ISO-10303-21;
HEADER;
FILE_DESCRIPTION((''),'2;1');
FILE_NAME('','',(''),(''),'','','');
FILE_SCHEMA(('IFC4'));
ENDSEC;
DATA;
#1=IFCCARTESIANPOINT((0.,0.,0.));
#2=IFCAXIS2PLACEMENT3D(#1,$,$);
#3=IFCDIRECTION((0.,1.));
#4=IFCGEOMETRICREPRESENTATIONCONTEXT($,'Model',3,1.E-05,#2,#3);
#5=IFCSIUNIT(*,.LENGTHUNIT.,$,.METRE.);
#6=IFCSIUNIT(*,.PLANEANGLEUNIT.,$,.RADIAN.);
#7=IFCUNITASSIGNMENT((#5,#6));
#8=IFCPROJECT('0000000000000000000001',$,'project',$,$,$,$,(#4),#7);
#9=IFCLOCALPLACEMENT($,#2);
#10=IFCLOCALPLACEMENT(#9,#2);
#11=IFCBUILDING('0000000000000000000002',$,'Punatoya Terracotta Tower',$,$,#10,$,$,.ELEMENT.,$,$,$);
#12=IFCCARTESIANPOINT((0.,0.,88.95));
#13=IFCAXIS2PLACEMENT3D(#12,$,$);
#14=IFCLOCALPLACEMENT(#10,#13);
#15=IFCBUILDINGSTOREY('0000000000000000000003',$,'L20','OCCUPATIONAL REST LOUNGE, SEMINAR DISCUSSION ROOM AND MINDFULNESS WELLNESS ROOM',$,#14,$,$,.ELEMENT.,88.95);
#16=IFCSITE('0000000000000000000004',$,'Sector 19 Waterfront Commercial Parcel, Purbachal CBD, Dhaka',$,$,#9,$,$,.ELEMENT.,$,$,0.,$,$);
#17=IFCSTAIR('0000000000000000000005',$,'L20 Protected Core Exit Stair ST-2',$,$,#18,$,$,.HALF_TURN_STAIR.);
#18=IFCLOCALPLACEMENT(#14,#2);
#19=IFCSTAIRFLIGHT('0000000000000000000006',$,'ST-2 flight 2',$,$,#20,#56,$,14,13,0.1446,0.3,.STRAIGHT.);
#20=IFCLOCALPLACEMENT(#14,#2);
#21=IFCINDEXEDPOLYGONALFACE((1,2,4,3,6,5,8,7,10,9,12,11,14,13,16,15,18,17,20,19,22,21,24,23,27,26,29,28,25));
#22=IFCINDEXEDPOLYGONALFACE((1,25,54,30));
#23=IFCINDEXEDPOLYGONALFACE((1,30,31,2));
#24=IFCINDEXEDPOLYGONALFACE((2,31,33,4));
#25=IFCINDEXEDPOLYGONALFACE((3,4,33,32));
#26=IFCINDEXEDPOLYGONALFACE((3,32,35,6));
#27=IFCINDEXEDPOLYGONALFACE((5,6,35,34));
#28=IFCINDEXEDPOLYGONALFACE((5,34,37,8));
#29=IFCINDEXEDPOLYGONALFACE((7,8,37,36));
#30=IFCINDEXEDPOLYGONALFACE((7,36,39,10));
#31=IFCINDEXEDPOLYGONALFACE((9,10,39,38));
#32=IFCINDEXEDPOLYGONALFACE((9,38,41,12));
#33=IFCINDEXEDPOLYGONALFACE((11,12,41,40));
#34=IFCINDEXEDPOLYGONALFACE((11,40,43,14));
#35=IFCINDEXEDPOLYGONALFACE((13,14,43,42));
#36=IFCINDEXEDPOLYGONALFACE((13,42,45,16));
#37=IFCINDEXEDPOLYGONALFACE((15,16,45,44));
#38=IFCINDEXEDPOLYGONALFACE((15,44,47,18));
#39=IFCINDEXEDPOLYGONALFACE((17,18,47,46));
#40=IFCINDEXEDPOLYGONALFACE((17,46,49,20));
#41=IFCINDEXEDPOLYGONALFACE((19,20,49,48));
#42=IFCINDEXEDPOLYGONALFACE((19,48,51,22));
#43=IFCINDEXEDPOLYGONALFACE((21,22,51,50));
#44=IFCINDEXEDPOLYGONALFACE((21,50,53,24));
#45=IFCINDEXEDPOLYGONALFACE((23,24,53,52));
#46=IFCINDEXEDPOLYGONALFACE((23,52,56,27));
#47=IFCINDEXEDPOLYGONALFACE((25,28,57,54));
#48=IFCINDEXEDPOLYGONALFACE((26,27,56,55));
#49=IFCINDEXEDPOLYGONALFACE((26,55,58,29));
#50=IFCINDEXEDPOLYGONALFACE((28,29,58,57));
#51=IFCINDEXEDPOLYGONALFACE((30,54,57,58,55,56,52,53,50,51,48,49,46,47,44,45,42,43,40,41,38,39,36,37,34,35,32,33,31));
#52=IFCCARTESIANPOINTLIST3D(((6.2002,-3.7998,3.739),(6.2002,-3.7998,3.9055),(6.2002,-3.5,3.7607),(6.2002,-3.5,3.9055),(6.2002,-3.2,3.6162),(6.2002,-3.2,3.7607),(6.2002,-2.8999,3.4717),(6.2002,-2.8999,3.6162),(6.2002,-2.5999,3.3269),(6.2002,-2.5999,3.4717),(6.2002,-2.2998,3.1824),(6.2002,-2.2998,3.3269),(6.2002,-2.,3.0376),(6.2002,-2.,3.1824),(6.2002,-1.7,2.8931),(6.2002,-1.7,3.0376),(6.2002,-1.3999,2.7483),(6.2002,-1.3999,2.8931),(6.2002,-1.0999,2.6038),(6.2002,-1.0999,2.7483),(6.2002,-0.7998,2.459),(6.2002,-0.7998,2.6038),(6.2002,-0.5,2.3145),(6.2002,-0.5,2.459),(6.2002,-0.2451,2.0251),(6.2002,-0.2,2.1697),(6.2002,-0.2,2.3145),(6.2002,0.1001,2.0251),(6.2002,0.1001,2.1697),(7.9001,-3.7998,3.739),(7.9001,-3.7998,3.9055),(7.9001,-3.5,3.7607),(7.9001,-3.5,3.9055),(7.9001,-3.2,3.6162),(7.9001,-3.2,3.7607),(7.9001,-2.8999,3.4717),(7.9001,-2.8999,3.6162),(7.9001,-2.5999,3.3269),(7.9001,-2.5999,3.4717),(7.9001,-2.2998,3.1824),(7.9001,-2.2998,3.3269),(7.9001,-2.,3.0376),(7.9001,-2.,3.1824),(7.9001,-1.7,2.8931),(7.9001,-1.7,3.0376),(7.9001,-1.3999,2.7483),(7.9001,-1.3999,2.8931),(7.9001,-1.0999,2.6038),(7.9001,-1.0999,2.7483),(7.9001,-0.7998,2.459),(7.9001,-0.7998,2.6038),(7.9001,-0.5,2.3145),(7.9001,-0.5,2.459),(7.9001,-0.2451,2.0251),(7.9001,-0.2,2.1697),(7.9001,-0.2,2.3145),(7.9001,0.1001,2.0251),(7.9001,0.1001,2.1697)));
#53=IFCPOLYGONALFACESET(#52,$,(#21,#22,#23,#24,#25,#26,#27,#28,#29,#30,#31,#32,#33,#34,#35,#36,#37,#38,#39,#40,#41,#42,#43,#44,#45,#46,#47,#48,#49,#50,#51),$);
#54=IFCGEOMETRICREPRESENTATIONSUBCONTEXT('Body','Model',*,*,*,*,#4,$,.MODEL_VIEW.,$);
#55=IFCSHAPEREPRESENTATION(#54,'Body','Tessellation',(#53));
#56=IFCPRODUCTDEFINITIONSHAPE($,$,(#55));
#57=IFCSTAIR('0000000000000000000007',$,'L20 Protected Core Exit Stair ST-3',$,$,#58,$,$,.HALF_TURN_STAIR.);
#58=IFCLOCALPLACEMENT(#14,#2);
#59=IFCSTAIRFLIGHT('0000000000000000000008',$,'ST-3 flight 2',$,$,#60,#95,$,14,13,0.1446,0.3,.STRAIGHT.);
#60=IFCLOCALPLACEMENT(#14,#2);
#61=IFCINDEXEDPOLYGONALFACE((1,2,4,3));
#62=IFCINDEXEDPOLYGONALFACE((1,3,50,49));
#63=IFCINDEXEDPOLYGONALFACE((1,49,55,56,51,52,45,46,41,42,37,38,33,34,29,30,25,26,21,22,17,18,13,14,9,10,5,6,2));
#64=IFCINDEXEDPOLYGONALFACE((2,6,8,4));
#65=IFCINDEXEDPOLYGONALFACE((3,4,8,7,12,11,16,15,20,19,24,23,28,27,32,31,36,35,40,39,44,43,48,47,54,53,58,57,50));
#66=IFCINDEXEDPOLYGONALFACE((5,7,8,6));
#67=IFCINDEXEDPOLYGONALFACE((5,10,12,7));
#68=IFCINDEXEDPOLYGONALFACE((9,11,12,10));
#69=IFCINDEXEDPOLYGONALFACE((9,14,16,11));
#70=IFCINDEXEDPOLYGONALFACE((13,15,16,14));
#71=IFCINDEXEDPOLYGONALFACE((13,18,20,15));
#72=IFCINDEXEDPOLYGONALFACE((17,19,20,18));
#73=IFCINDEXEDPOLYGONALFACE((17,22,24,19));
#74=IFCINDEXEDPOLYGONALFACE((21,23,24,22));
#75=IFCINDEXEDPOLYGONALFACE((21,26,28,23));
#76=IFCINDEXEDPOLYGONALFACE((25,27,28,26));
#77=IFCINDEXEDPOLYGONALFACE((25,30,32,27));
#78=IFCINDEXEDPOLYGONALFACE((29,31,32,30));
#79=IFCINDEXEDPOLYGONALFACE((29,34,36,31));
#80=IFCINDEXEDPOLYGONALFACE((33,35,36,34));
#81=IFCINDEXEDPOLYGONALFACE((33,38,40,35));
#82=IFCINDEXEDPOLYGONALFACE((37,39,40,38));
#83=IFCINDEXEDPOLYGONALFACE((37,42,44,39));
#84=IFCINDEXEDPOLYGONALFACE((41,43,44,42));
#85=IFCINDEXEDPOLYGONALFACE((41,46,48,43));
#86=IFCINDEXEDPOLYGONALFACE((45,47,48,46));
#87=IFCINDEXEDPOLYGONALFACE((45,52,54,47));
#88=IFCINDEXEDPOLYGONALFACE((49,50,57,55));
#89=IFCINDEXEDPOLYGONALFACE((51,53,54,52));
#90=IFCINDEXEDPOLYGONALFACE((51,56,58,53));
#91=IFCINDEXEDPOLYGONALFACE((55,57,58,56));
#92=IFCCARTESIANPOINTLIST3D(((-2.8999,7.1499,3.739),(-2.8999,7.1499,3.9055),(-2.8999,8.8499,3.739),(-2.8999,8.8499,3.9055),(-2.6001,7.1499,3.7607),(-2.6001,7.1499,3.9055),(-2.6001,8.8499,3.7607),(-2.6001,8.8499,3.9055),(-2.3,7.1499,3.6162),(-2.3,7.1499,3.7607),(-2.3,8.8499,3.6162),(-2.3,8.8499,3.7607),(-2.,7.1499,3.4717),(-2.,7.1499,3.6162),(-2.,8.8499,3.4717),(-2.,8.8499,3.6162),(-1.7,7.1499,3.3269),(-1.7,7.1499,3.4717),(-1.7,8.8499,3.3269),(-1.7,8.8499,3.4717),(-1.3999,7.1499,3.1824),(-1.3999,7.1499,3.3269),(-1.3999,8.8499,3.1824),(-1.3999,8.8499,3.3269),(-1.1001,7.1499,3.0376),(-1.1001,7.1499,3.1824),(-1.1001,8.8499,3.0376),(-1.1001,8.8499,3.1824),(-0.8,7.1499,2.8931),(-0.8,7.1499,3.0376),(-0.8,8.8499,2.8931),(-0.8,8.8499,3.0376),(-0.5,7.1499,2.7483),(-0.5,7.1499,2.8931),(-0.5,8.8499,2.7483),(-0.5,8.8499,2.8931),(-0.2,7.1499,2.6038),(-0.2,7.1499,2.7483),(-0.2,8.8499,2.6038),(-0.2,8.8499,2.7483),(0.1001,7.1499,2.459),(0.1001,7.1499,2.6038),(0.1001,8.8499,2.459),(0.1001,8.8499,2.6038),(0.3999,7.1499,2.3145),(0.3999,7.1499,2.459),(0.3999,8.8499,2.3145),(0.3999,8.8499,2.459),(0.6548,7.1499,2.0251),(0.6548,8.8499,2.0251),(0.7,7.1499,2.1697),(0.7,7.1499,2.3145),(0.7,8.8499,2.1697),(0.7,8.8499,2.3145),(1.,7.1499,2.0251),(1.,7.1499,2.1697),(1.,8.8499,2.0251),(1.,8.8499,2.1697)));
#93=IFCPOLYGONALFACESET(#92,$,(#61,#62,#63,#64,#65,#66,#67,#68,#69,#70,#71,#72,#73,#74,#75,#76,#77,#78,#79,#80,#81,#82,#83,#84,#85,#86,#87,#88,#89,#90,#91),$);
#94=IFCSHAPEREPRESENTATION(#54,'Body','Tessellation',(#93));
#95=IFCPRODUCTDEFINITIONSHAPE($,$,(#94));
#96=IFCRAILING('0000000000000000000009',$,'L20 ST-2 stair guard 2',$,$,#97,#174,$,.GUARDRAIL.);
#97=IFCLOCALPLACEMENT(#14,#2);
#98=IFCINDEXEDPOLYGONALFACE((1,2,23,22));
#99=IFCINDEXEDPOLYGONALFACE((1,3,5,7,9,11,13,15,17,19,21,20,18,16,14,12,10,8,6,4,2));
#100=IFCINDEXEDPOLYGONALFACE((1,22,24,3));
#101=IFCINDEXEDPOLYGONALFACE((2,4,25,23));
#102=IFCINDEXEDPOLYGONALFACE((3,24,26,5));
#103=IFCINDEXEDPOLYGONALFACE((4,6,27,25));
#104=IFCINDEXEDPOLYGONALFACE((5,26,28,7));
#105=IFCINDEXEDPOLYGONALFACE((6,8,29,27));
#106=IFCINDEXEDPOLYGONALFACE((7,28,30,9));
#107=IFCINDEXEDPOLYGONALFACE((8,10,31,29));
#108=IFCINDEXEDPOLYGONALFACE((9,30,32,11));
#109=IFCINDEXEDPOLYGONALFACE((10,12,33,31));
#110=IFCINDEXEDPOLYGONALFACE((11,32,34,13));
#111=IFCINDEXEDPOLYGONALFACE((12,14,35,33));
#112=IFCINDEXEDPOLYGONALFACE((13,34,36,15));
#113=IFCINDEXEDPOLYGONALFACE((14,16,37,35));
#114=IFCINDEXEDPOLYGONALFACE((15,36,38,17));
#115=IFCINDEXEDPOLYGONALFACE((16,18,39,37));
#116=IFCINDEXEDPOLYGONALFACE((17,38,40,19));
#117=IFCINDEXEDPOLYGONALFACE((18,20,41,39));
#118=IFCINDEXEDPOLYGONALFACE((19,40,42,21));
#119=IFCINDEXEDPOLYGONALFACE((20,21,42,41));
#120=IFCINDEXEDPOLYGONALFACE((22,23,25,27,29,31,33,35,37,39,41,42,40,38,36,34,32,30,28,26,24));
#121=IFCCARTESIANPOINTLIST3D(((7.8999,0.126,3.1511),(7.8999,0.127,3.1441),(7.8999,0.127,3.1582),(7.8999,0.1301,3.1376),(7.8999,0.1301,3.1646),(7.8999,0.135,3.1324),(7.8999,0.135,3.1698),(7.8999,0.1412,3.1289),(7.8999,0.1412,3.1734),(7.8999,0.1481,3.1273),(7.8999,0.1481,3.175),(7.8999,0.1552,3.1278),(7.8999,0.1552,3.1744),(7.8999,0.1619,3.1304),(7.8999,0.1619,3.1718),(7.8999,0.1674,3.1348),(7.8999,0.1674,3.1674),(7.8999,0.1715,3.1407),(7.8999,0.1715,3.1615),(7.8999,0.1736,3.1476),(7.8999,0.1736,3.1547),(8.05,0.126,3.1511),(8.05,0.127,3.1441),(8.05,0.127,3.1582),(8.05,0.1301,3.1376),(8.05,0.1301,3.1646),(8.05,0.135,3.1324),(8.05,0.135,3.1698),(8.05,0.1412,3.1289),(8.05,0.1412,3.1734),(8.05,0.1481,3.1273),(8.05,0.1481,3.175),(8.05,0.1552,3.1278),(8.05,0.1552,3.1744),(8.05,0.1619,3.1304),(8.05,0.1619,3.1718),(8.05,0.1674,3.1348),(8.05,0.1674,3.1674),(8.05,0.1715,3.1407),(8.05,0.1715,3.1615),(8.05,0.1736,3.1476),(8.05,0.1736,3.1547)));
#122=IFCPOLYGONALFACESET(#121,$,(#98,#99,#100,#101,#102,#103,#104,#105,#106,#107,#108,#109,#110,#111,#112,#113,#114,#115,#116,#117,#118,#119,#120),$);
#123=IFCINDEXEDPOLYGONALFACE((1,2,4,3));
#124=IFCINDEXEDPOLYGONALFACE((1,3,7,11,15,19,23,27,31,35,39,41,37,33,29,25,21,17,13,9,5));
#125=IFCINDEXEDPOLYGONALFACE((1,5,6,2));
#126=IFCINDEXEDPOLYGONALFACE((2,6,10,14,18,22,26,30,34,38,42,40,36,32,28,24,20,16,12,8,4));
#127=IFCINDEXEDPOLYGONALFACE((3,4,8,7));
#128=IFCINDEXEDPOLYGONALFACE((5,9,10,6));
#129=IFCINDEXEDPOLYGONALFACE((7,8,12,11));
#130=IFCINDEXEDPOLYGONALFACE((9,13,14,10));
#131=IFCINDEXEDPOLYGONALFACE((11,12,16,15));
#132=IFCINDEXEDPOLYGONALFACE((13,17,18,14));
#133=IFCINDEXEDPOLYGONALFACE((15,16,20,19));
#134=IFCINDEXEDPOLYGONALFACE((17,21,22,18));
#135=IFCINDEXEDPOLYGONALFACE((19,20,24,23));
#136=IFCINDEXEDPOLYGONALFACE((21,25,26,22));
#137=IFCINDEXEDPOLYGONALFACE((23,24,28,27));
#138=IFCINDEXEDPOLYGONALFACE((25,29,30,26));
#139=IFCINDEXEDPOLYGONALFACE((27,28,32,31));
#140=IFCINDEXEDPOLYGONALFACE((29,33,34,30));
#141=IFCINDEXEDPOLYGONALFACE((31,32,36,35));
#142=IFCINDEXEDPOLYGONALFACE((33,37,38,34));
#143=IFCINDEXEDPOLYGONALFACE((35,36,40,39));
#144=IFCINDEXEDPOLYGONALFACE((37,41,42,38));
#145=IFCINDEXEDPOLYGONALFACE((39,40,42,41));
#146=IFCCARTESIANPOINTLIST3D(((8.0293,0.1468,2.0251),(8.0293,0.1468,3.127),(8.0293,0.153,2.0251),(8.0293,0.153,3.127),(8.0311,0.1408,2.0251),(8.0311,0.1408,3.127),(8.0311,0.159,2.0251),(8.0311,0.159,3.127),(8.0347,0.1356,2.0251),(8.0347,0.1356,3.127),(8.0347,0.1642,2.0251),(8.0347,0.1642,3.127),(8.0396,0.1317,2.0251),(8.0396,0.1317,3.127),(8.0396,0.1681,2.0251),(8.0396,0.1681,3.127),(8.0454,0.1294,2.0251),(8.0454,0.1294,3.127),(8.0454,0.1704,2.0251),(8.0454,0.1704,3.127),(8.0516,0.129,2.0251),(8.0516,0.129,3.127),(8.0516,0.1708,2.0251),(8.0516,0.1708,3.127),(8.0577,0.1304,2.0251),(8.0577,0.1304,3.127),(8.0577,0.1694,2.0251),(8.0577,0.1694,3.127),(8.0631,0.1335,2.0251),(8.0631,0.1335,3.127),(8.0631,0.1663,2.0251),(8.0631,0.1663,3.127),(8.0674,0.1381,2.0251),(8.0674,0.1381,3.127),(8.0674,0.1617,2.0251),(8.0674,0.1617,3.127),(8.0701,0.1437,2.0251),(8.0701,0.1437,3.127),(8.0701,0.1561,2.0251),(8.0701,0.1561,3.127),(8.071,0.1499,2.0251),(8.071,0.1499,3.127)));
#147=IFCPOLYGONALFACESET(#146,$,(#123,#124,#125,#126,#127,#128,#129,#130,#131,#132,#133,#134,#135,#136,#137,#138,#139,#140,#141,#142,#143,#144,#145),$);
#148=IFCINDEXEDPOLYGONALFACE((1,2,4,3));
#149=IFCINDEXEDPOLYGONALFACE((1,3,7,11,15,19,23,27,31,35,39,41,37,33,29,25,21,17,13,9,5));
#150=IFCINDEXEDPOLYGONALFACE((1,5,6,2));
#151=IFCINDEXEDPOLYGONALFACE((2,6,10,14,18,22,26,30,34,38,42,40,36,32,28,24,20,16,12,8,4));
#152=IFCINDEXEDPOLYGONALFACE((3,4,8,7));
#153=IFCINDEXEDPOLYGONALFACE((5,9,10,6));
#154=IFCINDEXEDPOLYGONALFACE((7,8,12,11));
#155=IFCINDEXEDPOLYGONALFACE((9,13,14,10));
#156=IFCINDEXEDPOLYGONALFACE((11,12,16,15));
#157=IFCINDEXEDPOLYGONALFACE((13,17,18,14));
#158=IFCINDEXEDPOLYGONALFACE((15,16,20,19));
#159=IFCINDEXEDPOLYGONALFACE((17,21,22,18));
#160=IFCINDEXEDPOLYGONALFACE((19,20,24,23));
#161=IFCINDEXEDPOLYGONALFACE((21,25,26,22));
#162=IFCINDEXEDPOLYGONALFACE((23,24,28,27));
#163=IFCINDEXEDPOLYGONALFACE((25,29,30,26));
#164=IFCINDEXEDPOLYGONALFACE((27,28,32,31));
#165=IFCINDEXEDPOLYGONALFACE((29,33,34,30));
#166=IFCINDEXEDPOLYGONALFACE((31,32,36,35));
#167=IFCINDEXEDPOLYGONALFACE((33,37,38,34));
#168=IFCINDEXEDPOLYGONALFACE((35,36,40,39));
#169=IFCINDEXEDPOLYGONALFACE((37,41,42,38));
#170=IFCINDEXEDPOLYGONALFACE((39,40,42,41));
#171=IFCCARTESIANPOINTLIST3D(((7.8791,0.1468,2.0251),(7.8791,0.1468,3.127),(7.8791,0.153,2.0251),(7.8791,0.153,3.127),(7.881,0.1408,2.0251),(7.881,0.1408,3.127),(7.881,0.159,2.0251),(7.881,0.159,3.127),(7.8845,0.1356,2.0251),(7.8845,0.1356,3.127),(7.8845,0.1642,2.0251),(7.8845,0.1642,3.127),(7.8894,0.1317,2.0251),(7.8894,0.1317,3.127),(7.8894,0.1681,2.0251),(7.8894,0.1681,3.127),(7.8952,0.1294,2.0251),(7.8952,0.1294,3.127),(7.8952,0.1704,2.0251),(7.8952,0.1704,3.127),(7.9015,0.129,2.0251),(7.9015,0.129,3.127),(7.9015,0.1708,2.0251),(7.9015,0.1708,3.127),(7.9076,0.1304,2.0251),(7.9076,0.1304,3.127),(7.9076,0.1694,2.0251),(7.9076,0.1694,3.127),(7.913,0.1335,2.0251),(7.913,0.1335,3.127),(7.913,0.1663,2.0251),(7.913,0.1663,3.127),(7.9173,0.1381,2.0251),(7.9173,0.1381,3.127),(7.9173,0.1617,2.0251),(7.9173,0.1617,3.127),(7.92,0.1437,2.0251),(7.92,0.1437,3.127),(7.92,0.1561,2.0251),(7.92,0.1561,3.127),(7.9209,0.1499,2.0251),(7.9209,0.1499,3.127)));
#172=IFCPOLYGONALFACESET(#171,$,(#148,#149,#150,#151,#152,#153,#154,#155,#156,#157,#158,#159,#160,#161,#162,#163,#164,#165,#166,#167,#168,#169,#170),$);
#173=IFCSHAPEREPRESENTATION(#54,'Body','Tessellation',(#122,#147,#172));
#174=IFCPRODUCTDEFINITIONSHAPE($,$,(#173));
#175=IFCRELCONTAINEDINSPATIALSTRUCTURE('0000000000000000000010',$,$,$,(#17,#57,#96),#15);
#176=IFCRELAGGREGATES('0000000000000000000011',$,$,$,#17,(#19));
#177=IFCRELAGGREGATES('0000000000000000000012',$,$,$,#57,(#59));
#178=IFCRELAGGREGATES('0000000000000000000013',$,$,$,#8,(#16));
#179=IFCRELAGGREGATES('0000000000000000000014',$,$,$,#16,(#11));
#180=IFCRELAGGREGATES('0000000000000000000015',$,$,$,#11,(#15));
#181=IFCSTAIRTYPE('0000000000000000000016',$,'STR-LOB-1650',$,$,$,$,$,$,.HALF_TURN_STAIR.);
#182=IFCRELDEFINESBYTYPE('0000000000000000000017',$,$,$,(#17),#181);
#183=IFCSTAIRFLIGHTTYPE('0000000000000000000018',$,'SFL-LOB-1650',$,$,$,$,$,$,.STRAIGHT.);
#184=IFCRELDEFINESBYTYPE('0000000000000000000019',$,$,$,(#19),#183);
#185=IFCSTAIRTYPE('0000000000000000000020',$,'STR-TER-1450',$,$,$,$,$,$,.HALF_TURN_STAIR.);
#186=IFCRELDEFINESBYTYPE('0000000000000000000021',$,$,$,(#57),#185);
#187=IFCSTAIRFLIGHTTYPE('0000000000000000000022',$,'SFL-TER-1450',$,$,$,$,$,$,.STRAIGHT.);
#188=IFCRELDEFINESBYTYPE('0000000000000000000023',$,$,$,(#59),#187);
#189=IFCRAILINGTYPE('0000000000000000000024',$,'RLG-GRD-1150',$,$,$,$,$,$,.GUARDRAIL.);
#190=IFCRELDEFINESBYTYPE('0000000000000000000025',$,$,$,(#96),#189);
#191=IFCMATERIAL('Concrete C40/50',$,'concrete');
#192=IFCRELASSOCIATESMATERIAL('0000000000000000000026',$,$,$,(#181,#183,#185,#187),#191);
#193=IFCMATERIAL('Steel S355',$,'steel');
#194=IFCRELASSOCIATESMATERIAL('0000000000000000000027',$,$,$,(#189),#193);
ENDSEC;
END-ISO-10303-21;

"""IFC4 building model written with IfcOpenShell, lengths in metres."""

from ifc_helpers import new_model, si_unit, direction, frame, origin, origin_2d, place, context, subcontext, project, spatial, polyline, circle, outline, extrude, material, type_object, element, aggregate, save


model = new_model("IFC4")

# Units and contexts
model_context = context("Model", 3, precision=1e-05, world=origin(), true_north=direction((0.0, 1.0)))
body_context = subcontext(model_context, "Body", "Model", "MODEL_VIEW")
ifc_project = project(units=[si_unit("LENGTHUNIT", "METRE"), si_unit("PLANEANGLEUNIT", "RADIAN")], contexts=[model_context])

# Site, building, storey
site_placement = place(None, origin())
site = spatial("IfcSite", under=ifc_project, at=site_placement, Name="Sector 19 Waterfront Commercial Parcel, Purbachal CBD, Dhaka", CompositionType="ELEMENT", RefElevation=0.0)
building_placement = place(site_placement, origin())
building = spatial("IfcBuilding", under=site, at=building_placement, Name="Punatoya Terracotta Tower", CompositionType="ELEMENT")
storey_placement = place(building_placement, frame((0.0, 0.0, 88.95)))
storey = spatial("IfcBuildingStorey", under=building, at=storey_placement, Name="L20", Description="OCCUPATIONAL REST LOUNGE, SEMINAR DISCUSSION ROOM AND MINDFULNESS WELLNESS ROOM", CompositionType="ELEMENT", Elevation=88.95)

# Shared definitions
ifc_material_1 = material(Name="Steel S355", Category="steel")

# Shared definitions
ifc_material_2 = material(Name="Concrete C40/50", Category="concrete")

# Stairs, stair flights
stair_type_1 = type_object("IfcStairType", Name="STR-LOB-1650", PredefinedType="HALF_TURN_STAIR", material=ifc_material_2)
stair_1_placement = place(storey_placement, origin())
stair_1 = element("IfcStair", 1, at=stair_1_placement, inside=storey, type_object=stair_type_1, Name="L20 Protected Core Exit Stair ST-2", PredefinedType="HALF_TURN_STAIR")
stair_flight_type_1 = type_object("IfcStairFlightType", Name="SFL-LOB-1650", PredefinedType="STRAIGHT", material=ifc_material_2)
stair_flight_1_placement = place(storey_placement, frame((7.05, 0.1001, 2.0251), z_axis=(0.0, 0.0, 1.0), x_axis=(0.0, -1.0, 0.0)))
stair_flight_1 = element("IfcStairFlight", 2, at=stair_flight_1_placement, type_object=stair_flight_type_1, Name="ST-2 flight 2", NumberOfRisers=14, NumberOfTreads=13, PredefinedType="STRAIGHT", RiserHeight=0.1446, TreadLength=0.3, context=body_context, shape_type="SweptSolid", body=[
    extrude(outline(polyline([(0.0, 0.0), (0.0, 0.1445), (0.3, 0.1445), (0.3, 0.2893), (0.6001, 0.2893), (0.6001, 0.4338), (0.8999, 0.4338), (0.8999, 0.5786), (1.2, 0.5786), (1.2, 0.7231), (1.5, 0.7231), (1.5, 0.8679), (1.8, 0.8679), (1.8, 1.0125), (2.1001, 1.0125), (2.1001, 1.1572), (2.3999, 1.1572), (2.3999, 1.3018), (2.7, 1.3018), (2.7, 1.4465), (3.0, 1.4465), (3.0, 1.5911), (3.3, 1.5911), (3.3, 1.7356), (3.6001, 1.7356), (3.6001, 1.8804), (3.8999, 1.8804), (3.8999, 2.0249), (3.8999, 1.7139), (0.3452, 0.0), (0.0, 0.0)])), frame((0.0, 0.8501, 0.0), z_axis=(0.0, -1.0, 0.0), x_axis=(1.0, 0.0, 0.0)), (0.0, 0.0, 1.0), 1.7),
])
aggregate(stair_1, [stair_flight_1])
stair_type_2 = type_object("IfcStairType", Name="STR-TER-1450", PredefinedType="HALF_TURN_STAIR", material=ifc_material_2)
stair_2_placement = place(storey_placement, origin())
stair_2 = element("IfcStair", 3, at=stair_2_placement, inside=storey, type_object=stair_type_2, Name="L20 Protected Core Exit Stair ST-3", PredefinedType="HALF_TURN_STAIR")
stair_flight_type_2 = type_object("IfcStairFlightType", Name="SFL-TER-1450", PredefinedType="STRAIGHT", material=ifc_material_2)
stair_flight_2_placement = place(storey_placement, frame((1.0, 8.0, 2.0251), z_axis=(0.0, 0.0, 1.0), x_axis=(-1.0, 0.0, 0.0)))
stair_flight_2 = element("IfcStairFlight", 4, at=stair_flight_2_placement, type_object=stair_flight_type_2, Name="ST-3 flight 2", NumberOfRisers=14, NumberOfTreads=13, PredefinedType="STRAIGHT", RiserHeight=0.1446, TreadLength=0.3, context=body_context, shape_type="SweptSolid", body=[
    extrude(outline(polyline([(0.0, 0.0), (0.0, 0.1445), (0.3, 0.1445), (0.3, 0.2893), (0.6001, 0.2893), (0.6001, 0.4338), (0.8999, 0.4338), (0.8999, 0.5786), (1.2, 0.5786), (1.2, 0.7231), (1.5, 0.7231), (1.5, 0.8679), (1.8, 0.8679), (1.8, 1.0125), (2.1001, 1.0125), (2.1001, 1.1572), (2.3999, 1.1572), (2.3999, 1.3018), (2.7, 1.3018), (2.7, 1.4465), (3.0, 1.4465), (3.0, 1.5911), (3.3, 1.5911), (3.3, 1.7356), (3.6001, 1.7356), (3.6001, 1.8804), (3.8999, 1.8804), (3.8999, 2.0249), (3.8999, 1.7139), (0.3452, 0.0), (0.0, 0.0)])), frame((0.0, 0.8501, 0.0), z_axis=(0.0, -1.0, 0.0), x_axis=(1.0, 0.0, 0.0)), (0.0, 0.0, 1.0), 1.7),
])
aggregate(stair_2, [stair_flight_2])

# Railing
railing_type_1 = type_object("IfcRailingType", Name="RLG-GRD-1150", PredefinedType="GUARDRAIL", material=ifc_material_1)
railing_1_placement = place(storey_placement, frame((8.05, 0.1499, 2.0251)))
element("IfcRailing", 5, at=railing_1_placement, inside=storey, type_object=railing_type_1, Name="L20 ST-2 stair guard 2", PredefinedType="GUARDRAIL", context=body_context, shape_type="SweptSolid", body=[
    extrude(circle(Radius=0.0239, at=origin_2d()), frame((0.0, 0.0, 1.126), z_axis=(-1.0, 0.0, 0.0), x_axis=(0.0, -1.0, 0.0)), (0.0, 0.0, 1.0), 0.1501),
    extrude(circle(Radius=0.021, at=origin_2d()), origin(), (0.0, 0.0, 1.0), 1.1018),
    extrude(circle(Radius=0.021, at=origin_2d()), frame((-0.1501, 0.0, 0.0)), (0.0, 0.0, 1.0), 1.1018),
])

save(model, "model.ifc")
